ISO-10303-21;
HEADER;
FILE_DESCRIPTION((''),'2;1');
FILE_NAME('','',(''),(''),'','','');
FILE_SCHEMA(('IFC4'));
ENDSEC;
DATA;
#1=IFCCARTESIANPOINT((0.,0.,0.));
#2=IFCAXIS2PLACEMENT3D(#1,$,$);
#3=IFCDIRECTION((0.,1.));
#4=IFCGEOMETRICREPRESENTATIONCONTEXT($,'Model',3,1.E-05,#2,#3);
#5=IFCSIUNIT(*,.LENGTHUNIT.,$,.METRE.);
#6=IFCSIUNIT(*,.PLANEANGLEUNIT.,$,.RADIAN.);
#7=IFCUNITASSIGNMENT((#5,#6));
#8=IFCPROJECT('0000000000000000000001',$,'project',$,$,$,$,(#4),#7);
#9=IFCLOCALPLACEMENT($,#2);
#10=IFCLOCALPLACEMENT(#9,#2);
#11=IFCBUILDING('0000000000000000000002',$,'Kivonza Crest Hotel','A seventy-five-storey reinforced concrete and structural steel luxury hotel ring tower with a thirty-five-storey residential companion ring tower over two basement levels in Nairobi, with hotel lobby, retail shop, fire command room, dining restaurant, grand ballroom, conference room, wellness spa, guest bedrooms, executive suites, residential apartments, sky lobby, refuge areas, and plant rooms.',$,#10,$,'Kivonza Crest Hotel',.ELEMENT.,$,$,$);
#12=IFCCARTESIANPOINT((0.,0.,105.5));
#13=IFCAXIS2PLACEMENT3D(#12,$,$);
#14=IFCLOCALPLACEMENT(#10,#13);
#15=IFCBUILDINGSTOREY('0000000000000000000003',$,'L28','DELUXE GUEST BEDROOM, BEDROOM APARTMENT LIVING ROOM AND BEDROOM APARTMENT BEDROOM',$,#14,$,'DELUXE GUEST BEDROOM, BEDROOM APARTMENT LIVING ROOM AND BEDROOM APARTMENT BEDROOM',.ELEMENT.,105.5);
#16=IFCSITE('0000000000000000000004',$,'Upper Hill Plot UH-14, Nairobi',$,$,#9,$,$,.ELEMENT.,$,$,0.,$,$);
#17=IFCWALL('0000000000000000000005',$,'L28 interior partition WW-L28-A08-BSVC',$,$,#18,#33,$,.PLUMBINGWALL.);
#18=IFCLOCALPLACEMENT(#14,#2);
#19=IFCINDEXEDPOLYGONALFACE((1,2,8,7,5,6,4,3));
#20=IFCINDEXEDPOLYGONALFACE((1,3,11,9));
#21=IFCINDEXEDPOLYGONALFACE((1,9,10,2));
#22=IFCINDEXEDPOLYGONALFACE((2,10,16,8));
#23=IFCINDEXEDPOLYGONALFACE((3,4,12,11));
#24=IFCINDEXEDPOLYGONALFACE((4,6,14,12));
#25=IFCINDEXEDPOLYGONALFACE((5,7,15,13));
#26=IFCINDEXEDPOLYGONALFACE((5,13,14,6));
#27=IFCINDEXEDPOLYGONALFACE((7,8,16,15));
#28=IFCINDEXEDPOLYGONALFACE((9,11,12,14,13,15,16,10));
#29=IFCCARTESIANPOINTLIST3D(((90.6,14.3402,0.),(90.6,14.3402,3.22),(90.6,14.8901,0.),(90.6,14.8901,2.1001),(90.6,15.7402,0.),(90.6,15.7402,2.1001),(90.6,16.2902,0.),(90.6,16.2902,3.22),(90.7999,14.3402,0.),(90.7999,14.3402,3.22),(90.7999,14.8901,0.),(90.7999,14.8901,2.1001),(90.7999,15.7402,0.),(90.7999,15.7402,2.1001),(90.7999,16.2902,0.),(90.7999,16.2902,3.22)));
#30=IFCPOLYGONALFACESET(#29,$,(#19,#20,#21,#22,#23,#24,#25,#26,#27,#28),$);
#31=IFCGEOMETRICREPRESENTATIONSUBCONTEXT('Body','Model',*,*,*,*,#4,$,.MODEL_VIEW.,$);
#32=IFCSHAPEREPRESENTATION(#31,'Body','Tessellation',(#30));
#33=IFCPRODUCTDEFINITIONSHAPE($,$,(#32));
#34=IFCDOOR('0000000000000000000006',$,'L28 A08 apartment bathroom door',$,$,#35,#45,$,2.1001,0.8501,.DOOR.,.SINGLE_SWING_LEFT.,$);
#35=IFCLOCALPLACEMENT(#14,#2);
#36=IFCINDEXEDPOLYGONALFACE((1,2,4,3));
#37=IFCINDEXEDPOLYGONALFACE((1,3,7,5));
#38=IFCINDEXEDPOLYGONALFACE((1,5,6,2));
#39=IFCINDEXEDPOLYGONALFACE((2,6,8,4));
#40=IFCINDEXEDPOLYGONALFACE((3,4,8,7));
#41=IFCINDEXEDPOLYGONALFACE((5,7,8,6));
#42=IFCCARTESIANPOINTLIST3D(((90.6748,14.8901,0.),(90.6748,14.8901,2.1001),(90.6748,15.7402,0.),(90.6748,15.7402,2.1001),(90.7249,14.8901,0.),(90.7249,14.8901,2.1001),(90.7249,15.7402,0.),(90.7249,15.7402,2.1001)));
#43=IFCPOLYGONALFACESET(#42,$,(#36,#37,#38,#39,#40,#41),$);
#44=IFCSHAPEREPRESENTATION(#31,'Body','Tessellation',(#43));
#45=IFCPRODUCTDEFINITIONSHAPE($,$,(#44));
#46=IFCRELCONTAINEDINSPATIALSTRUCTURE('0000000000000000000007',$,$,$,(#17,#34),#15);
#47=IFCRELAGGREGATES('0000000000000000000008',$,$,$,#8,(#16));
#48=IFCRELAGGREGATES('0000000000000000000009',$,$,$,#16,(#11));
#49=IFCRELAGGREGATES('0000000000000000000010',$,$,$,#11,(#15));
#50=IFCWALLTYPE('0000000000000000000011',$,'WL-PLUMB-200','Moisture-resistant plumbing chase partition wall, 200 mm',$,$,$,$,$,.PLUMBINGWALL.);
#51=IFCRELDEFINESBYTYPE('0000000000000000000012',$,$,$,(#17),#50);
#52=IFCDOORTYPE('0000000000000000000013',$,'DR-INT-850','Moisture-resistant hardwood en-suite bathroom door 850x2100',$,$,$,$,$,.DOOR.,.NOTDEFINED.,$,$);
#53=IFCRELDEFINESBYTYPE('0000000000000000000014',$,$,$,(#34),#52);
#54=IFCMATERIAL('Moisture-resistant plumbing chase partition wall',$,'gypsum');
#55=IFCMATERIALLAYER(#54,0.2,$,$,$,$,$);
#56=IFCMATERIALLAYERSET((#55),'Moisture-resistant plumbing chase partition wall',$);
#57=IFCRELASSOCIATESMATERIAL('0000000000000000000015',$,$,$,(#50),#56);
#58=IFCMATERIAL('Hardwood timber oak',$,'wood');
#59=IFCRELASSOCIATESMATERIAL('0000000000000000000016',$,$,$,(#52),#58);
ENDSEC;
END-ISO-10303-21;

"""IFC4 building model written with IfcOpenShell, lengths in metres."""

from ifc_helpers import new_model, si_unit, direction, frame, frame_2d, origin, place, context, subcontext, project, spatial, rectangle, extrude, material, layer, layer_set, type_object, element, fill, save


model = new_model("IFC4")

# Units and contexts
model_context = context("Model", 3, precision=1e-05, world=origin(), true_north=direction((0.0, 1.0)))
body_context = subcontext(model_context, "Body", "Model", "MODEL_VIEW")
ifc_project = project(units=[si_unit("LENGTHUNIT", "METRE"), si_unit("PLANEANGLEUNIT", "RADIAN")], contexts=[model_context])

# Site, building, storey
site_placement = place(None, origin())
site = spatial("IfcSite", under=ifc_project, at=site_placement, Name="Upper Hill Plot UH-14, Nairobi", CompositionType="ELEMENT", RefElevation=0.0)
building_placement = place(site_placement, origin())
building = spatial("IfcBuilding", under=site, at=building_placement, Name="Kivonza Crest Hotel", Description="A seventy-five-storey reinforced concrete and structural steel luxury hotel ring tower with a thirty-five-storey residential companion ring tower over two basement levels in Nairobi, with hotel lobby, retail shop, fire command room, dining restaurant, grand ballroom, conference room, wellness spa, guest bedrooms, executive suites, residential apartments, sky lobby, refuge areas, and plant rooms.", LongName="Kivonza Crest Hotel", CompositionType="ELEMENT")
storey_placement = place(building_placement, frame((0.0, 0.0, 105.5)))
storey = spatial("IfcBuildingStorey", under=building, at=storey_placement, Name="L28", Description="DELUXE GUEST BEDROOM, BEDROOM APARTMENT LIVING ROOM AND BEDROOM APARTMENT BEDROOM", LongName="DELUXE GUEST BEDROOM, BEDROOM APARTMENT LIVING ROOM AND BEDROOM APARTMENT BEDROOM", CompositionType="ELEMENT", Elevation=105.5)

# Shared definitions
ifc_material_1 = material(Name="Hardwood timber oak", Category="wood")

# Shared definitions
ifc_material_2 = material(Name="Moisture-resistant plumbing chase partition wall", Category="gypsum")
ifc_layer_1 = layer(ifc_material_2, 0.2)
ifc_layer_set_1 = layer_set([ifc_layer_1], Name="Moisture-resistant plumbing chase partition wall")
wall_type_1 = type_object("IfcWallType", Name="WL-PLUMB-200", Description="Moisture-resistant plumbing chase partition wall, 200 mm", PredefinedType="PLUMBINGWALL", material=ifc_layer_set_1)

# Wall, opening, door
wall_1_placement = place(storey_placement, frame((90.7, 14.3401, 0.0), z_axis=(0.0, 0.0, 1.0), x_axis=(0.0, 1.0, 0.0)))
wall_1 = element("IfcWall", 1, at=wall_1_placement, inside=storey, type_object=wall_type_1, Name="L28 interior partition WW-L28-A08-BSVC", PredefinedType="PLUMBINGWALL", context=body_context, shape_type="SweptSolid", body=[
    extrude(rectangle(XDim=1.95, YDim=0.2, at=frame_2d((0.9751, 0.0))), origin(), (0.0, 0.0, 1.0), 3.22),
])
opening_1_placement = place(wall_1_placement, frame((0.55, 0.0, 0.0)))
opening_1 = element("IfcOpeningElement", 2, at=opening_1_placement, cuts=wall_1, PredefinedType="OPENING", context=body_context, shape_type="SweptSolid", body=[
    extrude(rectangle(XDim=0.8501, YDim=2.1001, at=frame_2d((0.425, 1.05))), frame((0.0, 0.1099, 0.0), z_axis=(0.0, -1.0, 0.0), x_axis=(1.0, 0.0, 0.0)), (0.0, 0.0, 1.0), 0.22),
])
door_type_1 = type_object("IfcDoorType", Name="DR-INT-850", Description="Moisture-resistant hardwood en-suite bathroom door 850x2100", OperationType="NOTDEFINED", PredefinedType="DOOR", material=ifc_material_1)
door_1_placement = place(opening_1_placement, frame((0.8501, 0.0, 0.0), z_axis=(0.0, 0.0, 1.0), x_axis=(-1.0, 0.0, 0.0)))
door_1 = element("IfcDoor", 3, at=door_1_placement, inside=storey, type_object=door_type_1, Name="L28 A08 apartment bathroom door", OperationType="SINGLE_SWING_LEFT", OverallHeight=2.1001, OverallWidth=0.8501, PredefinedType="DOOR", context=body_context, shape_type="SweptSolid", body=[
    extrude(rectangle(XDim=0.8501, YDim=2.1001, at=frame_2d((0.425, 1.05))), frame((0.0, 0.0249, 0.0), z_axis=(0.0, -1.0, 0.0), x_axis=(1.0, 0.0, 0.0)), (0.0, 0.0, 1.0), 0.05),
])
fill(opening_1, door_1)

save(model, "model.ifc")
